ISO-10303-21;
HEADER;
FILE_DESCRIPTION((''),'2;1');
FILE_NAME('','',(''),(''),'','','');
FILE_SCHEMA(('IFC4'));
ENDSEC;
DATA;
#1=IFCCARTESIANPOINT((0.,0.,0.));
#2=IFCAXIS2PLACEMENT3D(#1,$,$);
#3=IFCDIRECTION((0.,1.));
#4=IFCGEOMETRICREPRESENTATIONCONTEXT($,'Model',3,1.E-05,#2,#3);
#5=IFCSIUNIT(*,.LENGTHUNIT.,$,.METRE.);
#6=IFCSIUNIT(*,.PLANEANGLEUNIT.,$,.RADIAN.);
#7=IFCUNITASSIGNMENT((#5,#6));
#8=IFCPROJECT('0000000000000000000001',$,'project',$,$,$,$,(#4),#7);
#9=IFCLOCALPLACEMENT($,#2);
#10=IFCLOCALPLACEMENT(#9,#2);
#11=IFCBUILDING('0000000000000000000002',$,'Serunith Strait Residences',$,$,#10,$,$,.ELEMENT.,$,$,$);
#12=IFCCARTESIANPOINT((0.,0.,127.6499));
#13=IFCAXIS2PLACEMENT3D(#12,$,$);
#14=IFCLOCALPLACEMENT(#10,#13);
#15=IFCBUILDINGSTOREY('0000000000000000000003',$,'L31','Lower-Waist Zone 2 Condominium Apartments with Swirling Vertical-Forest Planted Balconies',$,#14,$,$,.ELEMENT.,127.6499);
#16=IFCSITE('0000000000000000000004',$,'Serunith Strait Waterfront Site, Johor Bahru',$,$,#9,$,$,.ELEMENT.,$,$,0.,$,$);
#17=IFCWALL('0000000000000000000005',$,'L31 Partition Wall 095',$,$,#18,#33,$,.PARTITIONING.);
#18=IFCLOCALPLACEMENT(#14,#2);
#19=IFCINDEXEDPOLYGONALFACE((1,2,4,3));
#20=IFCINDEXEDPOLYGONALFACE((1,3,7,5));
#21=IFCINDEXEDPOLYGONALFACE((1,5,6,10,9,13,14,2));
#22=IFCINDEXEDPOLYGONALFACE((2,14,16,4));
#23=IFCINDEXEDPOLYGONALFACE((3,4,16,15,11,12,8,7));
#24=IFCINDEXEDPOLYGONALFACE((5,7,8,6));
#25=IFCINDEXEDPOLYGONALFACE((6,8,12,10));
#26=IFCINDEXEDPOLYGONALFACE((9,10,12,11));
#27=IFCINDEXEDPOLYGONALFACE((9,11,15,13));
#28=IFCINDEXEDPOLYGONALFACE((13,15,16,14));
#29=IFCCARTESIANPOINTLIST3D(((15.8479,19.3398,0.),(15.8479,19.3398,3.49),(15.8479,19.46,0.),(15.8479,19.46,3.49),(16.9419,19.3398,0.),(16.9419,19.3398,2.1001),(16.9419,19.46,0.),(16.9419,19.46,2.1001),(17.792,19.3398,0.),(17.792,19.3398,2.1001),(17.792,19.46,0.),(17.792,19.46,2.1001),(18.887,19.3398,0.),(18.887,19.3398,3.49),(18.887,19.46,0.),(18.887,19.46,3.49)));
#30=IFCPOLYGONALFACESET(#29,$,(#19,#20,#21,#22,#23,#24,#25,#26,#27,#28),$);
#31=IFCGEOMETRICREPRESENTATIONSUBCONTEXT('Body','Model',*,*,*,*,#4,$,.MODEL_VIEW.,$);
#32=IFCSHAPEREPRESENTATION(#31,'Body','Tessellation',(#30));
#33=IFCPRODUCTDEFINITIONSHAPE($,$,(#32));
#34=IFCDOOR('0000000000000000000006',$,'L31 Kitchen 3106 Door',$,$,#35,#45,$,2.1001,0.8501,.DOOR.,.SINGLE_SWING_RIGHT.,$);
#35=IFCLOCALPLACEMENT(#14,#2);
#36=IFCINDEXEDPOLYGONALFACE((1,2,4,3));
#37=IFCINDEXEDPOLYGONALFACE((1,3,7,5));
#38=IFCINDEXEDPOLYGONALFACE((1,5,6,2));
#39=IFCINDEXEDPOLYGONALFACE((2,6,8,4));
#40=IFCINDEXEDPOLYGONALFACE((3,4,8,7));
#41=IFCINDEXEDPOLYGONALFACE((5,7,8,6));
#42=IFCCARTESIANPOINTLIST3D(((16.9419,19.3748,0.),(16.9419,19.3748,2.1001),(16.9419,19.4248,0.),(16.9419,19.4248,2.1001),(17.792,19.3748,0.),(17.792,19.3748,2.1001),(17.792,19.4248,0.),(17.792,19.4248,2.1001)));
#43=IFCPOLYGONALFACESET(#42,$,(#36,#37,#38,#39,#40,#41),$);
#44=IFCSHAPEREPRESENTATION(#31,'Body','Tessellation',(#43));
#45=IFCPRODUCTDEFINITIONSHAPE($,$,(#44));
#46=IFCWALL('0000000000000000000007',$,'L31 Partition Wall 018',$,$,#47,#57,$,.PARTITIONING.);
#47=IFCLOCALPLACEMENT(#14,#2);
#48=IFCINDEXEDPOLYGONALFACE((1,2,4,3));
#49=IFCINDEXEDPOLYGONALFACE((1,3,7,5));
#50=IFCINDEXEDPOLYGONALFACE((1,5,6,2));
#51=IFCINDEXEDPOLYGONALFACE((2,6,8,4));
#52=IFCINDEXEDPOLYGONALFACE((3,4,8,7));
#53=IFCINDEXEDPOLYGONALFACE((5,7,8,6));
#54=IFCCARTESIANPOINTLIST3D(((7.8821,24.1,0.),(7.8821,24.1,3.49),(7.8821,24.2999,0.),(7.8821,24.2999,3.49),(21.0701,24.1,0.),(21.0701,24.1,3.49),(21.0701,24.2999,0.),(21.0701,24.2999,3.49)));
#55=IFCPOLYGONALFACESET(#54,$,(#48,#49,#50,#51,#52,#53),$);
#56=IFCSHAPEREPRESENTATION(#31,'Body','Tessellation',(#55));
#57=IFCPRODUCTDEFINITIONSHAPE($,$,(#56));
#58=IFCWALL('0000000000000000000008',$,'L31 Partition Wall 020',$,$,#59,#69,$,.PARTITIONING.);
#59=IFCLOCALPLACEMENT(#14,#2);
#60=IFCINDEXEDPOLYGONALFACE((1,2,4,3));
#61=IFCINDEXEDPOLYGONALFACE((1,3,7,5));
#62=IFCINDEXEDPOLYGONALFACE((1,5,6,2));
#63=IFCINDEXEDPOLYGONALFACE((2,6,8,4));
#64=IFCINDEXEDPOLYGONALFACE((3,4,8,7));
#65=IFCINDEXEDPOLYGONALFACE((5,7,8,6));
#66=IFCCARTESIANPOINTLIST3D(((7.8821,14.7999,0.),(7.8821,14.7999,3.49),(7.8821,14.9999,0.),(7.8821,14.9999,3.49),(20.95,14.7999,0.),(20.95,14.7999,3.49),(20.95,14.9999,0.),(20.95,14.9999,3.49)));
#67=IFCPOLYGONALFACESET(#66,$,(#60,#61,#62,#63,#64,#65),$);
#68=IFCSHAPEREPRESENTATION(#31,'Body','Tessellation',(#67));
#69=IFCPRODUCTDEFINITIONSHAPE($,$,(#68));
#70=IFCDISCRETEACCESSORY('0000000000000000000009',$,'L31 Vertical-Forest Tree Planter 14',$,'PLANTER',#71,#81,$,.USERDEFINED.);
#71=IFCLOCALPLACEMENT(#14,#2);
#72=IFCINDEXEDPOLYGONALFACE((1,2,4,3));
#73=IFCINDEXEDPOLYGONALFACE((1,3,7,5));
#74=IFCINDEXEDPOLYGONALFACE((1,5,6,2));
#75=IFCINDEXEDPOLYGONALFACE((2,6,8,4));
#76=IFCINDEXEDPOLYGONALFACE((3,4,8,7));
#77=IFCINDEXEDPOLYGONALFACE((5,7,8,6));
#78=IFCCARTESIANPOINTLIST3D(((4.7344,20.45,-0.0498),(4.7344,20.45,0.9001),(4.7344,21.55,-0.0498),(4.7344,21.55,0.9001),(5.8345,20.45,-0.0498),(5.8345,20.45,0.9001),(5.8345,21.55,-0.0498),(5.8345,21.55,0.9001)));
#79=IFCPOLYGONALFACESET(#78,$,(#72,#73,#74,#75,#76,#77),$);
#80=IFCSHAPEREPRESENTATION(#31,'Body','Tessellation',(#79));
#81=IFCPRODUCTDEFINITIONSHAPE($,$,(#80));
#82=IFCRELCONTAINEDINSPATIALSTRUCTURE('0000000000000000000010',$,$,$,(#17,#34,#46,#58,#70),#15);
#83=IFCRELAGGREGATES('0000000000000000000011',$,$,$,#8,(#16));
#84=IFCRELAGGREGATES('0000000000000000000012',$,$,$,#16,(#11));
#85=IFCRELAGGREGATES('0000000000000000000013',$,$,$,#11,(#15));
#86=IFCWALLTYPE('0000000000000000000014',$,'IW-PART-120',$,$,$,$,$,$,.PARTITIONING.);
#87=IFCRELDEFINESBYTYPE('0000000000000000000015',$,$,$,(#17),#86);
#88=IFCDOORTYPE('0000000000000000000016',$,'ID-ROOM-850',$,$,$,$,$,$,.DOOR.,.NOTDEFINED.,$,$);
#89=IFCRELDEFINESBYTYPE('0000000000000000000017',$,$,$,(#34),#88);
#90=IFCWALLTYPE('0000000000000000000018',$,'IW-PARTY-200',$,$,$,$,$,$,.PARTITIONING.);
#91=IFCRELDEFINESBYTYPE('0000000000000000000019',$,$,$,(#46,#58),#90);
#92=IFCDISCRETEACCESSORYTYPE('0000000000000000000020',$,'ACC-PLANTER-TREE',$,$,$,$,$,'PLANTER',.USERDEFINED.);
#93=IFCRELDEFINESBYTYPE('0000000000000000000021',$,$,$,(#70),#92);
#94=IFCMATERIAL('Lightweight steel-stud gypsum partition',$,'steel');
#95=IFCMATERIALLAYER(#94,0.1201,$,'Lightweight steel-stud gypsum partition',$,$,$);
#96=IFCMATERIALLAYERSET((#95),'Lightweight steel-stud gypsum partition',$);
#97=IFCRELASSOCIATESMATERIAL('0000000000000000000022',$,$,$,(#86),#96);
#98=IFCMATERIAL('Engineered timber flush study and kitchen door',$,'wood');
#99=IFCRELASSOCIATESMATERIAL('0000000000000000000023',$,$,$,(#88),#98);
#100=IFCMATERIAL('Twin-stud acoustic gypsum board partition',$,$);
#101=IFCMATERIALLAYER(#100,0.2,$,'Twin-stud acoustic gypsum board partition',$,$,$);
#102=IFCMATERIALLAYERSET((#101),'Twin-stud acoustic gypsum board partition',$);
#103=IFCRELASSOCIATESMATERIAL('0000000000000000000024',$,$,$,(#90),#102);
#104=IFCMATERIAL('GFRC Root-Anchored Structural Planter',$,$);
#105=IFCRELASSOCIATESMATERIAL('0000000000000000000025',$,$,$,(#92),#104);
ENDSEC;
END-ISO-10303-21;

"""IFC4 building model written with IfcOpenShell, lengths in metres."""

from ifc_helpers import new_model, si_unit, direction, frame, frame_2d, origin, origin_2d, place, context, subcontext, project, spatial, rectangle, extrude, source, transform, mapped, material, layer, layer_set, type_object, element, fill, save


model = new_model("IFC4")

# Units and contexts
model_context = context("Model", 3, precision=1e-05, world=origin(), true_north=direction((0.0, 1.0)))
body_context = subcontext(model_context, "Body", "Model", "MODEL_VIEW")
ifc_project = project(units=[si_unit("LENGTHUNIT", "METRE"), si_unit("PLANEANGLEUNIT", "RADIAN")], contexts=[model_context])

# Site, building, storey
site_placement = place(None, origin())
site = spatial("IfcSite", under=ifc_project, at=site_placement, Name="Serunith Strait Waterfront Site, Johor Bahru", CompositionType="ELEMENT", RefElevation=0.0)
building_placement = place(site_placement, origin())
building = spatial("IfcBuilding", under=site, at=building_placement, Name="Serunith Strait Residences", CompositionType="ELEMENT")
storey_placement = place(building_placement, frame((0.0, 0.0, 127.6499)))
storey = spatial("IfcBuildingStorey", under=building, at=storey_placement, Name="L31", Description="Lower-Waist Zone 2 Condominium Apartments with Swirling Vertical-Forest Planted Balconies", CompositionType="ELEMENT", Elevation=127.6499)

# Shared definitions
ifc_material_1 = material(Name="Lightweight steel-stud gypsum partition", Category="steel")
ifc_layer_1 = layer(ifc_material_1, 0.1201, Name="Lightweight steel-stud gypsum partition")
ifc_layer_set_1 = layer_set([ifc_layer_1], Name="Lightweight steel-stud gypsum partition")
wall_type_1 = type_object("IfcWallType", Name="IW-PART-120", PredefinedType="PARTITIONING", material=ifc_layer_set_1)
shared_shape_1 = source(origin(), body_context, "Body", "SweptSolid", [
    extrude(rectangle(XDim=0.8501, YDim=2.1001, at=frame_2d((0.425, 1.05))), frame((0.0, 0.0249, 0.0), z_axis=(0.0, -1.0, 0.0), x_axis=(1.0, 0.0, 0.0)), (0.0, 0.0, 1.0), 0.05),
])

# Shared definitions
ifc_material_2 = material(Name="Engineered timber flush study and kitchen door", Category="wood")
door_type_1 = type_object("IfcDoorType", Name="ID-ROOM-850", OperationType="NOTDEFINED", PredefinedType="DOOR", material=ifc_material_2)

# Wall, opening, door
wall_1_placement = place(storey_placement, frame((15.8479, 19.3999, 0.0), z_axis=(0.0, 0.0, 1.0), x_axis=(1.0, 0.0, 0.0)))
wall_1 = element("IfcWall", 1, at=wall_1_placement, inside=storey, type_object=wall_type_1, Name="L31 Partition Wall 095", PredefinedType="PARTITIONING", context=body_context, shape_type="SweptSolid", body=[
    extrude(rectangle(XDim=3.0391, YDim=0.1201, at=frame_2d((1.5195, 0.0))), origin(), (0.0, 0.0, 1.0), 3.49),
])
opening_1_placement = place(wall_1_placement, frame((1.094, 0.0, 0.0)))
opening_1 = element("IfcOpeningElement", 2, at=opening_1_placement, cuts=wall_1, PredefinedType="OPENING", context=body_context, shape_type="SweptSolid", body=[
    extrude(rectangle(XDim=0.8501, YDim=2.1001, at=frame_2d((0.425, 1.05))), frame((0.0, 0.0701, 0.0), z_axis=(0.0, -1.0, 0.0), x_axis=(1.0, 0.0, 0.0)), (0.0, 0.0, 1.0), 0.1401),
])
door_1_placement = place(opening_1_placement, origin())
door_1 = element("IfcDoor", 3, at=door_1_placement, inside=storey, type_object=door_type_1, Name="L31 Kitchen 3106 Door", OperationType="SINGLE_SWING_RIGHT", OverallHeight=2.1001, OverallWidth=0.8501, PredefinedType="DOOR", context=body_context, shape_type="MappedRepresentation", body=[
    mapped(shared_shape_1, transform((0.0, 0.0, 0.0), scale=1.0)),
])
fill(opening_1, door_1)

# Walls
ifc_material_3 = material(Name="Twin-stud acoustic gypsum board partition")
ifc_layer_2 = layer(ifc_material_3, 0.2, Name="Twin-stud acoustic gypsum board partition")
ifc_layer_set_2 = layer_set([ifc_layer_2], Name="Twin-stud acoustic gypsum board partition")
wall_type_2 = type_object("IfcWallType", Name="IW-PARTY-200", PredefinedType="PARTITIONING", material=ifc_layer_set_2)
wall_2_placement = place(storey_placement, frame((7.8821, 24.2, 0.0), z_axis=(0.0, 0.0, 1.0), x_axis=(1.0, 0.0, 0.0)))
element("IfcWall", 4, at=wall_2_placement, inside=storey, type_object=wall_type_2, Name="L31 Partition Wall 018", PredefinedType="PARTITIONING", context=body_context, shape_type="SweptSolid", body=[
    extrude(rectangle(XDim=13.188, YDim=0.2, at=frame_2d((6.594, 0.0))), origin(), (0.0, 0.0, 1.0), 3.49),
])
wall_3_placement = place(storey_placement, frame((7.8821, 14.8999, 0.0), z_axis=(0.0, 0.0, 1.0), x_axis=(1.0, 0.0, 0.0)))
element("IfcWall", 5, at=wall_3_placement, inside=storey, type_object=wall_type_2, Name="L31 Partition Wall 020", PredefinedType="PARTITIONING", context=body_context, shape_type="SweptSolid", body=[
    extrude(rectangle(XDim=13.0679, YDim=0.2, at=frame_2d((6.5339, 0.0))), origin(), (0.0, 0.0, 1.0), 3.49),
])

# Discrete accessory
ifc_material_4 = material(Name="GFRC Root-Anchored Structural Planter")
discrete_accessory_type = type_object("IfcDiscreteAccessoryType", Name="ACC-PLANTER-TREE", ElementType="PLANTER", PredefinedType="USERDEFINED", material=ifc_material_4)
shared_shape_2 = source(origin(), body_context, "Body", "SweptSolid", [
    extrude(rectangle(XDim=1.1001, YDim=1.1001, at=origin_2d()), origin(), (0.0, 0.0, 1.0), 0.95),
])
discrete_accessory_placement = place(storey_placement, frame((5.2844, 21.0, -0.0498), z_axis=(0.0, 0.0, 1.0), x_axis=(0.0, -1.0, 0.0)))
element("IfcDiscreteAccessory", 6, at=discrete_accessory_placement, inside=storey, type_object=discrete_accessory_type, Name="L31 Vertical-Forest Tree Planter 14", ObjectType="PLANTER", PredefinedType="USERDEFINED", context=body_context, shape_type="MappedRepresentation", body=[
    mapped(shared_shape_2, transform((0.0, 0.0, 0.0), scale=1.0)),
])

save(model, "model.ifc")
